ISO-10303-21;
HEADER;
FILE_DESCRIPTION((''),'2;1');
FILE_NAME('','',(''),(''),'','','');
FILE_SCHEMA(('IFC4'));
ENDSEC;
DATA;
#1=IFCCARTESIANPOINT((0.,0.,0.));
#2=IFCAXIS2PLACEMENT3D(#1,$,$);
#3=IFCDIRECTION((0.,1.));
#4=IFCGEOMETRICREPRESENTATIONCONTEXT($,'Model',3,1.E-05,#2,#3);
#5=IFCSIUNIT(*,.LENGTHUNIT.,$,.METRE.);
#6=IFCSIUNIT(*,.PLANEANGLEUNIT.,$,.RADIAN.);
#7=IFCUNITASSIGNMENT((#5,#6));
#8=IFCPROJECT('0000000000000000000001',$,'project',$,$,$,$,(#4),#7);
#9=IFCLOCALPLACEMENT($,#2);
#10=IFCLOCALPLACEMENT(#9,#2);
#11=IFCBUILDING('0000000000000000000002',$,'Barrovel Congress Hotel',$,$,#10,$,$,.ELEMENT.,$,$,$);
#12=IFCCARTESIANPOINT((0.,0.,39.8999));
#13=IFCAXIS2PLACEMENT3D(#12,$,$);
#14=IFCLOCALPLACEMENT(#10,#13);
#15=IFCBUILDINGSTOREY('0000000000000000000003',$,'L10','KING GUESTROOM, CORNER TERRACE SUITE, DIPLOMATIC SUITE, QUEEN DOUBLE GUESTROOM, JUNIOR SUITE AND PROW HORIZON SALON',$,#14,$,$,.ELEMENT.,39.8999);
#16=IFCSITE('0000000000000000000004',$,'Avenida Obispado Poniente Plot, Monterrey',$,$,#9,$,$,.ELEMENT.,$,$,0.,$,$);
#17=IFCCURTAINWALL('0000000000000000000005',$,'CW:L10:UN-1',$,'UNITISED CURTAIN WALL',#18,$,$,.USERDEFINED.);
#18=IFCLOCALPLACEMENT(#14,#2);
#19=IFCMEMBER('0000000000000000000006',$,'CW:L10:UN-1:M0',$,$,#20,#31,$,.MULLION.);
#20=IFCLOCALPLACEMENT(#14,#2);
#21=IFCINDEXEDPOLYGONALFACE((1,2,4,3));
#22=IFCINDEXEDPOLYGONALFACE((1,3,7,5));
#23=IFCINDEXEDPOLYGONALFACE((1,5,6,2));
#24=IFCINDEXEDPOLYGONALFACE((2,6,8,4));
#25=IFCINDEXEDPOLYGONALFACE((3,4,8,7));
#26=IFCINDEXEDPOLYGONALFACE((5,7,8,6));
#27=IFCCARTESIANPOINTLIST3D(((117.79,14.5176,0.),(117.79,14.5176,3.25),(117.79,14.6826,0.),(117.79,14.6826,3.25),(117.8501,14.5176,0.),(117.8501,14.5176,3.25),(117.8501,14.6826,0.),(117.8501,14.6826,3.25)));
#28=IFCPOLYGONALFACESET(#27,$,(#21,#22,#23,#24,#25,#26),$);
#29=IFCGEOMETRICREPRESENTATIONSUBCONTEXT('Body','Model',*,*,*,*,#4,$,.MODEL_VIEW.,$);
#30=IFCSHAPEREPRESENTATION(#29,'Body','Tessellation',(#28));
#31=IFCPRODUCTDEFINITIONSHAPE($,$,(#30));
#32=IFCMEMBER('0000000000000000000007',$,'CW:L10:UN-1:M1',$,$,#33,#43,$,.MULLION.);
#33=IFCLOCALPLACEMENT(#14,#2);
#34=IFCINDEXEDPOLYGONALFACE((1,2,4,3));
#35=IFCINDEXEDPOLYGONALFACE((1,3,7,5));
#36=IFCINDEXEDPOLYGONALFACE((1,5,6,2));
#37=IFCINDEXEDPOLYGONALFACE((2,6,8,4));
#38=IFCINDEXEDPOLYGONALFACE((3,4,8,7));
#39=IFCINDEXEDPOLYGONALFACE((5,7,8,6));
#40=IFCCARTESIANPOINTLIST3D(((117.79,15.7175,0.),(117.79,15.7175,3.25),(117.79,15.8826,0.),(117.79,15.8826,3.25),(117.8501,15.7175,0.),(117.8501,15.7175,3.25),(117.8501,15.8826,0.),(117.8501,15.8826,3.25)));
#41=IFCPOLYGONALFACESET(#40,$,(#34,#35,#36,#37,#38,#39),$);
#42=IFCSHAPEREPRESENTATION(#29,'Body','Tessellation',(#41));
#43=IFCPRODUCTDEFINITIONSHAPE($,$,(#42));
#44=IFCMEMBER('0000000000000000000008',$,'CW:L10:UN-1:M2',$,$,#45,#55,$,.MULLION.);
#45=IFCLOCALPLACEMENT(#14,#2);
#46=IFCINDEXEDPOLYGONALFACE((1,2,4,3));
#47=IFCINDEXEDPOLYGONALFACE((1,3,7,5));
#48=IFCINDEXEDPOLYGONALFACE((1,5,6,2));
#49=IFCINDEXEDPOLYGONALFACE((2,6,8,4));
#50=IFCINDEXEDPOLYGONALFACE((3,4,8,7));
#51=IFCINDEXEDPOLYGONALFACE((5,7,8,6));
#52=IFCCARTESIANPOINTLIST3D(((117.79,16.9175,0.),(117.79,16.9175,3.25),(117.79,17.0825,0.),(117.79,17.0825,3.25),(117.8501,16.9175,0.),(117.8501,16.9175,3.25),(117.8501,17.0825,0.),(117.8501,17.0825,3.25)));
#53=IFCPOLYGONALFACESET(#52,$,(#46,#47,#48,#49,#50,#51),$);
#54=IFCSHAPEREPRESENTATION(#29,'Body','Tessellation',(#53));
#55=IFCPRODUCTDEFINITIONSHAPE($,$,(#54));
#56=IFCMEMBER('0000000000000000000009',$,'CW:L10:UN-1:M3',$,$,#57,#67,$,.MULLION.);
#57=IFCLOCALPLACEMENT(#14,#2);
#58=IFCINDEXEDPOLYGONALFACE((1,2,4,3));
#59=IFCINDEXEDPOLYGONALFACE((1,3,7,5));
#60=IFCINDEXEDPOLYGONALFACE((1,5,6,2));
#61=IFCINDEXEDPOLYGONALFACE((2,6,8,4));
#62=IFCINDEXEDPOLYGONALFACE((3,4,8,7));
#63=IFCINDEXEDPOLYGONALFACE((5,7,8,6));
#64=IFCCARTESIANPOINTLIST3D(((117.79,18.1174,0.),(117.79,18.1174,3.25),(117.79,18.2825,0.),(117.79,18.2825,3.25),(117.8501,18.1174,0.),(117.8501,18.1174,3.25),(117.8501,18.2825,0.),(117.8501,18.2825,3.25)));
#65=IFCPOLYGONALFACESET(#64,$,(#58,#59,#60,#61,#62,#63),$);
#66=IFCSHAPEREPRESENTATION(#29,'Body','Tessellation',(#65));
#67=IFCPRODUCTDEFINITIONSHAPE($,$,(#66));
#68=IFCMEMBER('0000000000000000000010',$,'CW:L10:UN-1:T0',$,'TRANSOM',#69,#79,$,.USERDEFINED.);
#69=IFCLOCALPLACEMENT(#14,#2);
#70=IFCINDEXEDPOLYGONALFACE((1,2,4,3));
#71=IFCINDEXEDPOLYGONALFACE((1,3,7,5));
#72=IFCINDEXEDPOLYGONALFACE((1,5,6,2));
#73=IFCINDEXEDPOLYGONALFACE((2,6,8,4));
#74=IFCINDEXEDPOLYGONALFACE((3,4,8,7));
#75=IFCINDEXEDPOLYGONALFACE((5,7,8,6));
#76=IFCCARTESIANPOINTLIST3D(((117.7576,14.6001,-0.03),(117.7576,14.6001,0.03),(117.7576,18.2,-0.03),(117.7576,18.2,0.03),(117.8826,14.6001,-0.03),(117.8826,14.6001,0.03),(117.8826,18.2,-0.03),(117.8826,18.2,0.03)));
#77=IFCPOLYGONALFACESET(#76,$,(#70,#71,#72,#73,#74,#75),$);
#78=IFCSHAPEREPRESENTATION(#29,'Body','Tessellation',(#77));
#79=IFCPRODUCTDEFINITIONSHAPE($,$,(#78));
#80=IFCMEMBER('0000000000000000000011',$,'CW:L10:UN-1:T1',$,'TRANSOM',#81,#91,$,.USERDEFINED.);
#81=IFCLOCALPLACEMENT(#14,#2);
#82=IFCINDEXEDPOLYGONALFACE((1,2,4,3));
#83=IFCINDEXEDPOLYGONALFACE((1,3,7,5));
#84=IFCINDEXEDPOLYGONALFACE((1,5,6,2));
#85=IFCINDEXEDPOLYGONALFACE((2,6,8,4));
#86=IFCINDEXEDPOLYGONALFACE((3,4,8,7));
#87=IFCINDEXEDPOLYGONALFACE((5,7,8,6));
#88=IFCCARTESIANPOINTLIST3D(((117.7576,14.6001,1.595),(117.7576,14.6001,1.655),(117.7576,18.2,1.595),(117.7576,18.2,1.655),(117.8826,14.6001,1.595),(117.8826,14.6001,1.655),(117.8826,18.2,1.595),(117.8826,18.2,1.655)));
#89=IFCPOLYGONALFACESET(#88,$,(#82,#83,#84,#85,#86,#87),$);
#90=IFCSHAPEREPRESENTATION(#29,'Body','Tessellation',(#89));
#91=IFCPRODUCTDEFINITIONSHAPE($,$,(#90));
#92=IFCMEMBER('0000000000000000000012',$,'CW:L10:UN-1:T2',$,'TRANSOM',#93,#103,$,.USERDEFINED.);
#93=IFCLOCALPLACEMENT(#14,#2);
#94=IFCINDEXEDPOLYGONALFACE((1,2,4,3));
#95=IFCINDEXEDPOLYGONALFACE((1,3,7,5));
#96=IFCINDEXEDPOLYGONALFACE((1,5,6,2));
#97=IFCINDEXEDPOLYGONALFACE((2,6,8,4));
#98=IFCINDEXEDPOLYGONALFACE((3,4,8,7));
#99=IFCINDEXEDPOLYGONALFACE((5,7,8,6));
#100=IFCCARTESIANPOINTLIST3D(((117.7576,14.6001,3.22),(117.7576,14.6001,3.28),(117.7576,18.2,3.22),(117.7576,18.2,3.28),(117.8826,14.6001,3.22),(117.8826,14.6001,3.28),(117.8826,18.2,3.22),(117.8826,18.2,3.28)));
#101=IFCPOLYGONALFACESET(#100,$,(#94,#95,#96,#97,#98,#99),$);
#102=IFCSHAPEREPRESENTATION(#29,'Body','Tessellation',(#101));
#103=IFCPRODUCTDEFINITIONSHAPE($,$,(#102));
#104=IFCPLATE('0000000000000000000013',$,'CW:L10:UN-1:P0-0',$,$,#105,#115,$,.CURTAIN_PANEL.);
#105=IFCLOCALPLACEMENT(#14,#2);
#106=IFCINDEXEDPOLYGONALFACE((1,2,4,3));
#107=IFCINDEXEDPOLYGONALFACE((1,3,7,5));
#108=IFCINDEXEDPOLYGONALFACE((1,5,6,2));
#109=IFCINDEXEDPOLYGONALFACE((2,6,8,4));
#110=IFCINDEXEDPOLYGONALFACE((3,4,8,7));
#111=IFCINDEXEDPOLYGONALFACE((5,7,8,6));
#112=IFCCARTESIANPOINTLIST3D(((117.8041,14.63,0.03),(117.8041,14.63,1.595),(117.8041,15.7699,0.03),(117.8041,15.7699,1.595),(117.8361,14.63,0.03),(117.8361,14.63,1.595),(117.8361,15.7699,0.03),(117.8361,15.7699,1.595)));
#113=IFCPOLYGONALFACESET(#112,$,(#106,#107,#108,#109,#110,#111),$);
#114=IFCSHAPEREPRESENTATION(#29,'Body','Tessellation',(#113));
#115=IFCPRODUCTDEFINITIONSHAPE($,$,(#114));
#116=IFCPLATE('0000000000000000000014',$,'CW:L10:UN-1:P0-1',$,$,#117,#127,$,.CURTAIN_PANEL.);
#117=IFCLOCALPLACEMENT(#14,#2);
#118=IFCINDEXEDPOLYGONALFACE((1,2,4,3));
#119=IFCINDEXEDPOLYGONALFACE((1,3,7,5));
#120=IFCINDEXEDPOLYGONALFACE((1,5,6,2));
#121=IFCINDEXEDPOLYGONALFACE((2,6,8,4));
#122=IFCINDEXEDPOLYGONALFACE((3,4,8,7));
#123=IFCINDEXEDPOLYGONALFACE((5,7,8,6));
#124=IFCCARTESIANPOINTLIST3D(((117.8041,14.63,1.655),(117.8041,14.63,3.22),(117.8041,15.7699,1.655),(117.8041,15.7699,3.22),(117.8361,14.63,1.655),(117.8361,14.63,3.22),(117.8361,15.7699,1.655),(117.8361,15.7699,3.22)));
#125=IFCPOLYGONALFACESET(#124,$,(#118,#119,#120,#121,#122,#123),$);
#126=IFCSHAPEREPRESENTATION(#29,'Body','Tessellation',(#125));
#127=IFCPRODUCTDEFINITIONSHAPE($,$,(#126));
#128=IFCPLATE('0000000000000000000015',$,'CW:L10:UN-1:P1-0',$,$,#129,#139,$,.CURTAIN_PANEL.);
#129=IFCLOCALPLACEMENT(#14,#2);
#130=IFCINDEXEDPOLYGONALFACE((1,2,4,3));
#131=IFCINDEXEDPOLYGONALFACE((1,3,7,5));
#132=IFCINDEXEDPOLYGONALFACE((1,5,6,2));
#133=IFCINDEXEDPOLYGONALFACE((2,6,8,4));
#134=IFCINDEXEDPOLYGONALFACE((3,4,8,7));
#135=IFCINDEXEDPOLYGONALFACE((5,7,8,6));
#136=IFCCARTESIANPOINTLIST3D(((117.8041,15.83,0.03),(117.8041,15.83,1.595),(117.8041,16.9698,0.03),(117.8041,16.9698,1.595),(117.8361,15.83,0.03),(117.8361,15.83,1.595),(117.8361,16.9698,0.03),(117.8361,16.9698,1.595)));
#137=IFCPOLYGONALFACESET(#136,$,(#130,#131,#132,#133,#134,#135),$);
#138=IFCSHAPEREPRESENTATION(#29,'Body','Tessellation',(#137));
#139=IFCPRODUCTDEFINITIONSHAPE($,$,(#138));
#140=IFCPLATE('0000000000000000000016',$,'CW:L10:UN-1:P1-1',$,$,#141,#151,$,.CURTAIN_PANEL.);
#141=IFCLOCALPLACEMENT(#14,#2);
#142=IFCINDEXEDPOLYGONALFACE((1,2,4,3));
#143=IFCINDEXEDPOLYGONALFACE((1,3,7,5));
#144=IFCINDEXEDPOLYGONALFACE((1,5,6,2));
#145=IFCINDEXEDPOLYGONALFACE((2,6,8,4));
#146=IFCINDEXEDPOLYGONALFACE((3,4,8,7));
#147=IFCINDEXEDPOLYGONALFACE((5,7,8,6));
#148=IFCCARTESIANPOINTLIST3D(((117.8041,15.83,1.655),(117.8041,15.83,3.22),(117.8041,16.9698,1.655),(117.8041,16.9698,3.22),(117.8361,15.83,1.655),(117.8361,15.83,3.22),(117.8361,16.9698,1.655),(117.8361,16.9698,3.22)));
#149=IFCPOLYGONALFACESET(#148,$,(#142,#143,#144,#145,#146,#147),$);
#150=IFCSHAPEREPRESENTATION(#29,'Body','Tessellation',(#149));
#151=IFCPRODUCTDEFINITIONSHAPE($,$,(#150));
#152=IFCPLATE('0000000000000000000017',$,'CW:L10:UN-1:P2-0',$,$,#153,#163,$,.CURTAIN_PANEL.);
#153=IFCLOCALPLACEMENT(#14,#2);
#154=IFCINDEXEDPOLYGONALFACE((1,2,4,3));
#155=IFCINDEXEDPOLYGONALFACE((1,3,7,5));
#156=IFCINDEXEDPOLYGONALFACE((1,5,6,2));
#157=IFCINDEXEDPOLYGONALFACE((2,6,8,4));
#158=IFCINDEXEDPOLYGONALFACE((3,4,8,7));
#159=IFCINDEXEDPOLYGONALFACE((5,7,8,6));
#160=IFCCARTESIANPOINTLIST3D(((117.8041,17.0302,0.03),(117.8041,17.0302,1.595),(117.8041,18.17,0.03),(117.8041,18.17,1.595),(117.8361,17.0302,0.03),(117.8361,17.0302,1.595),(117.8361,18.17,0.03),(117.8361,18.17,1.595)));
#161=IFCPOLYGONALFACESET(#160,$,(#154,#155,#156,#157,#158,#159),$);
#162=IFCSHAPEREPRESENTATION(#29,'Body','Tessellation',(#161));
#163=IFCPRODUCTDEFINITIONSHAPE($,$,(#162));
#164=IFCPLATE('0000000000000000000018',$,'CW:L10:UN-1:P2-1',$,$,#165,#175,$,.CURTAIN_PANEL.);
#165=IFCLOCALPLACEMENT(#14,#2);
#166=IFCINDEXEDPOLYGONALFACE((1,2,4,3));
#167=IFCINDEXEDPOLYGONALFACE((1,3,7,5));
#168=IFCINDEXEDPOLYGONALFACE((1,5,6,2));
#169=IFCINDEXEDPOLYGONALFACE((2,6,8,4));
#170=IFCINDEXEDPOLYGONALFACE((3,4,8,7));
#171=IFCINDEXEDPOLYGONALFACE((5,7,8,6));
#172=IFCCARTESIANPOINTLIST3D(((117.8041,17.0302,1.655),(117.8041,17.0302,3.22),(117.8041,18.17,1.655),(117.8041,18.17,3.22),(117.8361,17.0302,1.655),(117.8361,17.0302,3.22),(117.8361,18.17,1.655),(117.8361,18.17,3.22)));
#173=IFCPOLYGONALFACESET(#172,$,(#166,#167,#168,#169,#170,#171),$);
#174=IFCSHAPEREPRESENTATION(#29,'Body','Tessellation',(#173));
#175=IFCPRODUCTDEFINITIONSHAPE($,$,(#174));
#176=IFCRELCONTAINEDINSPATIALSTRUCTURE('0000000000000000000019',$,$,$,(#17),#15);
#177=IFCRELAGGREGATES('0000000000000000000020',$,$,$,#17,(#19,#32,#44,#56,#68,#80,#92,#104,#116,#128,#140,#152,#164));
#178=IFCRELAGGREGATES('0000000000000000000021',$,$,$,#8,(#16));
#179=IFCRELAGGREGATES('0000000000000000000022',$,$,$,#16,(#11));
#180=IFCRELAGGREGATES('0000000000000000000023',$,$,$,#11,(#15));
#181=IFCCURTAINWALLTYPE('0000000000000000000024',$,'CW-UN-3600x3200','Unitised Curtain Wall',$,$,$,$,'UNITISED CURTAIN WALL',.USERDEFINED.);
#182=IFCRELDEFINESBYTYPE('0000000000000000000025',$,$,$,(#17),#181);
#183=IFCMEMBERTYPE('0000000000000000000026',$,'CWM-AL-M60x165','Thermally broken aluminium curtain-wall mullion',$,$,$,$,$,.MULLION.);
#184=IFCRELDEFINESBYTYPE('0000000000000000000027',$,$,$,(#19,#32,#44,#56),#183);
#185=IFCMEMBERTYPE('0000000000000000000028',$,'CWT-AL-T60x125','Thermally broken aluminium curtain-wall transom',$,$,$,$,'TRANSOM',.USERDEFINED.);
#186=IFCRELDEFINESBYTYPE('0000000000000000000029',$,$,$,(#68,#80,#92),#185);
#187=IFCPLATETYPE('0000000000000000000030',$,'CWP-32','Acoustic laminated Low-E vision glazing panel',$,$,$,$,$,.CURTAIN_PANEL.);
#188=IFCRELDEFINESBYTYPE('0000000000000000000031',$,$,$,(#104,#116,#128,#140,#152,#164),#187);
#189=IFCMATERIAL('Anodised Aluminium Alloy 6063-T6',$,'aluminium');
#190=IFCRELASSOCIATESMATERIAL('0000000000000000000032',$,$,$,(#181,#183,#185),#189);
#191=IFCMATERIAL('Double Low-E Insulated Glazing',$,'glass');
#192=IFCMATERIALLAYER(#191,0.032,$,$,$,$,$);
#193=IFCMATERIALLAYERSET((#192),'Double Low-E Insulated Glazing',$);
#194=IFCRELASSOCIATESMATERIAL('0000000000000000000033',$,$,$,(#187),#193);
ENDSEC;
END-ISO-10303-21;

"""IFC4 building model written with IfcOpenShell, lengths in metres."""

from ifc_helpers import new_model, si_unit, direction, frame, origin, origin_2d, place, context, subcontext, project, spatial, rectangle, extrude, material, layer, layer_set, material_profile, profile_set, type_object, element, aggregate, save


model = new_model("IFC4")

# Units and contexts
model_context = context("Model", 3, precision=1e-05, world=origin(), true_north=direction((0.0, 1.0)))
body_context = subcontext(model_context, "Body", "Model", "MODEL_VIEW")
ifc_project = project(units=[si_unit("LENGTHUNIT", "METRE"), si_unit("PLANEANGLEUNIT", "RADIAN")], contexts=[model_context])

# Site, building, storey
site_placement = place(None, origin())
site = spatial("IfcSite", under=ifc_project, at=site_placement, Name="Avenida Obispado Poniente Plot, Monterrey", CompositionType="ELEMENT", RefElevation=0.0)
building_placement = place(site_placement, origin())
building = spatial("IfcBuilding", under=site, at=building_placement, Name="Barrovel Congress Hotel", CompositionType="ELEMENT")
storey_placement = place(building_placement, frame((0.0, 0.0, 39.8999)))
storey = spatial("IfcBuildingStorey", under=building, at=storey_placement, Name="L10", Description="KING GUESTROOM, CORNER TERRACE SUITE, DIPLOMATIC SUITE, QUEEN DOUBLE GUESTROOM, JUNIOR SUITE AND PROW HORIZON SALON", CompositionType="ELEMENT", Elevation=39.8999)

# Curtain wall, members, plates
ifc_material_1 = material(Name="Anodised Aluminium Alloy 6063-T6", Category="aluminium")
curtain_wall_type = type_object("IfcCurtainWallType", Name="CW-UN-3600x3200", Description="Unitised Curtain Wall", ElementType="UNITISED CURTAIN WALL", PredefinedType="USERDEFINED", material=ifc_material_1)
curtain_wall_placement = place(storey_placement, origin())
curtain_wall = element("IfcCurtainWall", 1, at=curtain_wall_placement, inside=storey, type_object=curtain_wall_type, Name="CW:L10:UN-1", ObjectType="UNITISED CURTAIN WALL", PredefinedType="USERDEFINED")
ifc_material_profile_1 = material_profile(ifc_material_1, rectangle(XDim=0.0601, YDim=0.165, at=origin_2d()), Name="AL-M60x165")
ifc_profile_set_1 = profile_set([ifc_material_profile_1], Name="Anodised Aluminium Alloy 6063-T6")
member_type_1 = type_object("IfcMemberType", Name="CWM-AL-M60x165", Description="Thermally broken aluminium curtain-wall mullion", PredefinedType="MULLION", material=ifc_profile_set_1)
member_1_placement = place(storey_placement, frame((117.8201, 14.6001, 0.0), z_axis=(0.0, 0.0, 1.0), x_axis=(1.0, 0.0, 0.0)))
member_1 = element("IfcMember", 2, at=member_1_placement, type_object=member_type_1, Name="CW:L10:UN-1:M0", PredefinedType="MULLION", context=body_context, shape_type="SweptSolid", body=[
    extrude(rectangle(XDim=0.0601, YDim=0.165, at=origin_2d()), origin(), (0.0, 0.0, 1.0), 3.25),
])
member_2_placement = place(storey_placement, frame((117.8201, 15.8, 0.0), z_axis=(0.0, 0.0, 1.0), x_axis=(1.0, 0.0, 0.0)))
member_2 = element("IfcMember", 3, at=member_2_placement, type_object=member_type_1, Name="CW:L10:UN-1:M1", PredefinedType="MULLION", context=body_context, shape_type="SweptSolid", body=[
    extrude(rectangle(XDim=0.0601, YDim=0.165, at=origin_2d()), origin(), (0.0, 0.0, 1.0), 3.25),
])
member_3_placement = place(storey_placement, frame((117.8201, 17.0, 0.0), z_axis=(0.0, 0.0, 1.0), x_axis=(1.0, 0.0, 0.0)))
member_3 = element("IfcMember", 4, at=member_3_placement, type_object=member_type_1, Name="CW:L10:UN-1:M2", PredefinedType="MULLION", context=body_context, shape_type="SweptSolid", body=[
    extrude(rectangle(XDim=0.0601, YDim=0.165, at=origin_2d()), origin(), (0.0, 0.0, 1.0), 3.25),
])
member_4_placement = place(storey_placement, frame((117.8201, 18.2, 0.0), z_axis=(0.0, 0.0, 1.0), x_axis=(1.0, 0.0, 0.0)))
member_4 = element("IfcMember", 5, at=member_4_placement, type_object=member_type_1, Name="CW:L10:UN-1:M3", PredefinedType="MULLION", context=body_context, shape_type="SweptSolid", body=[
    extrude(rectangle(XDim=0.0601, YDim=0.165, at=origin_2d()), origin(), (0.0, 0.0, 1.0), 3.25),
])
ifc_material_profile_2 = material_profile(ifc_material_1, rectangle(XDim=0.125, YDim=0.0601, at=origin_2d()), Name="AL-T60x125")
ifc_profile_set_2 = profile_set([ifc_material_profile_2], Name="Anodised Aluminium Alloy 6063-T6")
member_type_2 = type_object("IfcMemberType", Name="CWT-AL-T60x125", Description="Thermally broken aluminium curtain-wall transom", ElementType="TRANSOM", PredefinedType="USERDEFINED", material=ifc_profile_set_2)
member_5_placement = place(storey_placement, frame((117.8201, 14.6001, 0.0), z_axis=(0.0, 1.0, 0.0), x_axis=(-1.0, 0.0, 0.0)))
member_5 = element("IfcMember", 6, at=member_5_placement, type_object=member_type_2, Name="CW:L10:UN-1:T0", ObjectType="TRANSOM", PredefinedType="USERDEFINED", context=body_context, shape_type="SweptSolid", body=[
    extrude(rectangle(XDim=0.125, YDim=0.0601, at=origin_2d()), origin(), (0.0, 0.0, 1.0), 3.5999),
])
member_6_placement = place(storey_placement, frame((117.8201, 14.6001, 1.625), z_axis=(0.0, 1.0, 0.0), x_axis=(-1.0, 0.0, 0.0)))
member_6 = element("IfcMember", 7, at=member_6_placement, type_object=member_type_2, Name="CW:L10:UN-1:T1", ObjectType="TRANSOM", PredefinedType="USERDEFINED", context=body_context, shape_type="SweptSolid", body=[
    extrude(rectangle(XDim=0.125, YDim=0.0601, at=origin_2d()), origin(), (0.0, 0.0, 1.0), 3.5999),
])
member_7_placement = place(storey_placement, frame((117.8201, 14.6001, 3.25), z_axis=(0.0, 1.0, 0.0), x_axis=(-1.0, 0.0, 0.0)))
member_7 = element("IfcMember", 8, at=member_7_placement, type_object=member_type_2, Name="CW:L10:UN-1:T2", ObjectType="TRANSOM", PredefinedType="USERDEFINED", context=body_context, shape_type="SweptSolid", body=[
    extrude(rectangle(XDim=0.125, YDim=0.0601, at=origin_2d()), origin(), (0.0, 0.0, 1.0), 3.5999),
])
ifc_material_2 = material(Name="Double Low-E Insulated Glazing", Category="glass")
ifc_layer_1 = layer(ifc_material_2, 0.032)
ifc_layer_set_1 = layer_set([ifc_layer_1], Name="Double Low-E Insulated Glazing")
plate_type = type_object("IfcPlateType", Name="CWP-32", Description="Acoustic laminated Low-E vision glazing panel", PredefinedType="CURTAIN_PANEL", material=ifc_layer_set_1)
plate_1_placement = place(storey_placement, frame((117.8201, 15.2, 0.03), z_axis=(0.0, 0.0, 1.0), x_axis=(0.0, 1.0, 0.0)))
plate_1 = element("IfcPlate", 9, at=plate_1_placement, type_object=plate_type, Name="CW:L10:UN-1:P0-0", PredefinedType="CURTAIN_PANEL", context=body_context, shape_type="SweptSolid", body=[
    extrude(rectangle(XDim=1.1399, YDim=0.032, at=origin_2d()), origin(), (0.0, 0.0, 1.0), 1.5649),
])
plate_2_placement = place(storey_placement, frame((117.8201, 15.2, 1.655), z_axis=(0.0, 0.0, 1.0), x_axis=(0.0, 1.0, 0.0)))
plate_2 = element("IfcPlate", 10, at=plate_2_placement, type_object=plate_type, Name="CW:L10:UN-1:P0-1", PredefinedType="CURTAIN_PANEL", context=body_context, shape_type="SweptSolid", body=[
    extrude(rectangle(XDim=1.1399, YDim=0.032, at=origin_2d()), origin(), (0.0, 0.0, 1.0), 1.5649),
])
plate_3_placement = place(storey_placement, frame((117.8201, 16.3999, 0.03), z_axis=(0.0, 0.0, 1.0), x_axis=(0.0, 1.0, 0.0)))
plate_3 = element("IfcPlate", 11, at=plate_3_placement, type_object=plate_type, Name="CW:L10:UN-1:P1-0", PredefinedType="CURTAIN_PANEL", context=body_context, shape_type="SweptSolid", body=[
    extrude(rectangle(XDim=1.1399, YDim=0.032, at=origin_2d()), origin(), (0.0, 0.0, 1.0), 1.5649),
])
plate_4_placement = place(storey_placement, frame((117.8201, 16.3999, 1.655), z_axis=(0.0, 0.0, 1.0), x_axis=(0.0, 1.0, 0.0)))
plate_4 = element("IfcPlate", 12, at=plate_4_placement, type_object=plate_type, Name="CW:L10:UN-1:P1-1", PredefinedType="CURTAIN_PANEL", context=body_context, shape_type="SweptSolid", body=[
    extrude(rectangle(XDim=1.1399, YDim=0.032, at=origin_2d()), origin(), (0.0, 0.0, 1.0), 1.5649),
])
plate_5_placement = place(storey_placement, frame((117.8201, 17.6001, 0.03), z_axis=(0.0, 0.0, 1.0), x_axis=(0.0, 1.0, 0.0)))
plate_5 = element("IfcPlate", 13, at=plate_5_placement, type_object=plate_type, Name="CW:L10:UN-1:P2-0", PredefinedType="CURTAIN_PANEL", context=body_context, shape_type="SweptSolid", body=[
    extrude(rectangle(XDim=1.1399, YDim=0.032, at=origin_2d()), origin(), (0.0, 0.0, 1.0), 1.5649),
])
plate_6_placement = place(storey_placement, frame((117.8201, 17.6001, 1.655), z_axis=(0.0, 0.0, 1.0), x_axis=(0.0, 1.0, 0.0)))
plate_6 = element("IfcPlate", 14, at=plate_6_placement, type_object=plate_type, Name="CW:L10:UN-1:P2-1", PredefinedType="CURTAIN_PANEL", context=body_context, shape_type="SweptSolid", body=[
    extrude(rectangle(XDim=1.1399, YDim=0.032, at=origin_2d()), origin(), (0.0, 0.0, 1.0), 1.5649),
])
aggregate(curtain_wall, [member_1, member_2, member_3, member_4, member_5, member_6, member_7, plate_1, plate_2, plate_3, plate_4, plate_5, plate_6])

save(model, "model.ifc")
